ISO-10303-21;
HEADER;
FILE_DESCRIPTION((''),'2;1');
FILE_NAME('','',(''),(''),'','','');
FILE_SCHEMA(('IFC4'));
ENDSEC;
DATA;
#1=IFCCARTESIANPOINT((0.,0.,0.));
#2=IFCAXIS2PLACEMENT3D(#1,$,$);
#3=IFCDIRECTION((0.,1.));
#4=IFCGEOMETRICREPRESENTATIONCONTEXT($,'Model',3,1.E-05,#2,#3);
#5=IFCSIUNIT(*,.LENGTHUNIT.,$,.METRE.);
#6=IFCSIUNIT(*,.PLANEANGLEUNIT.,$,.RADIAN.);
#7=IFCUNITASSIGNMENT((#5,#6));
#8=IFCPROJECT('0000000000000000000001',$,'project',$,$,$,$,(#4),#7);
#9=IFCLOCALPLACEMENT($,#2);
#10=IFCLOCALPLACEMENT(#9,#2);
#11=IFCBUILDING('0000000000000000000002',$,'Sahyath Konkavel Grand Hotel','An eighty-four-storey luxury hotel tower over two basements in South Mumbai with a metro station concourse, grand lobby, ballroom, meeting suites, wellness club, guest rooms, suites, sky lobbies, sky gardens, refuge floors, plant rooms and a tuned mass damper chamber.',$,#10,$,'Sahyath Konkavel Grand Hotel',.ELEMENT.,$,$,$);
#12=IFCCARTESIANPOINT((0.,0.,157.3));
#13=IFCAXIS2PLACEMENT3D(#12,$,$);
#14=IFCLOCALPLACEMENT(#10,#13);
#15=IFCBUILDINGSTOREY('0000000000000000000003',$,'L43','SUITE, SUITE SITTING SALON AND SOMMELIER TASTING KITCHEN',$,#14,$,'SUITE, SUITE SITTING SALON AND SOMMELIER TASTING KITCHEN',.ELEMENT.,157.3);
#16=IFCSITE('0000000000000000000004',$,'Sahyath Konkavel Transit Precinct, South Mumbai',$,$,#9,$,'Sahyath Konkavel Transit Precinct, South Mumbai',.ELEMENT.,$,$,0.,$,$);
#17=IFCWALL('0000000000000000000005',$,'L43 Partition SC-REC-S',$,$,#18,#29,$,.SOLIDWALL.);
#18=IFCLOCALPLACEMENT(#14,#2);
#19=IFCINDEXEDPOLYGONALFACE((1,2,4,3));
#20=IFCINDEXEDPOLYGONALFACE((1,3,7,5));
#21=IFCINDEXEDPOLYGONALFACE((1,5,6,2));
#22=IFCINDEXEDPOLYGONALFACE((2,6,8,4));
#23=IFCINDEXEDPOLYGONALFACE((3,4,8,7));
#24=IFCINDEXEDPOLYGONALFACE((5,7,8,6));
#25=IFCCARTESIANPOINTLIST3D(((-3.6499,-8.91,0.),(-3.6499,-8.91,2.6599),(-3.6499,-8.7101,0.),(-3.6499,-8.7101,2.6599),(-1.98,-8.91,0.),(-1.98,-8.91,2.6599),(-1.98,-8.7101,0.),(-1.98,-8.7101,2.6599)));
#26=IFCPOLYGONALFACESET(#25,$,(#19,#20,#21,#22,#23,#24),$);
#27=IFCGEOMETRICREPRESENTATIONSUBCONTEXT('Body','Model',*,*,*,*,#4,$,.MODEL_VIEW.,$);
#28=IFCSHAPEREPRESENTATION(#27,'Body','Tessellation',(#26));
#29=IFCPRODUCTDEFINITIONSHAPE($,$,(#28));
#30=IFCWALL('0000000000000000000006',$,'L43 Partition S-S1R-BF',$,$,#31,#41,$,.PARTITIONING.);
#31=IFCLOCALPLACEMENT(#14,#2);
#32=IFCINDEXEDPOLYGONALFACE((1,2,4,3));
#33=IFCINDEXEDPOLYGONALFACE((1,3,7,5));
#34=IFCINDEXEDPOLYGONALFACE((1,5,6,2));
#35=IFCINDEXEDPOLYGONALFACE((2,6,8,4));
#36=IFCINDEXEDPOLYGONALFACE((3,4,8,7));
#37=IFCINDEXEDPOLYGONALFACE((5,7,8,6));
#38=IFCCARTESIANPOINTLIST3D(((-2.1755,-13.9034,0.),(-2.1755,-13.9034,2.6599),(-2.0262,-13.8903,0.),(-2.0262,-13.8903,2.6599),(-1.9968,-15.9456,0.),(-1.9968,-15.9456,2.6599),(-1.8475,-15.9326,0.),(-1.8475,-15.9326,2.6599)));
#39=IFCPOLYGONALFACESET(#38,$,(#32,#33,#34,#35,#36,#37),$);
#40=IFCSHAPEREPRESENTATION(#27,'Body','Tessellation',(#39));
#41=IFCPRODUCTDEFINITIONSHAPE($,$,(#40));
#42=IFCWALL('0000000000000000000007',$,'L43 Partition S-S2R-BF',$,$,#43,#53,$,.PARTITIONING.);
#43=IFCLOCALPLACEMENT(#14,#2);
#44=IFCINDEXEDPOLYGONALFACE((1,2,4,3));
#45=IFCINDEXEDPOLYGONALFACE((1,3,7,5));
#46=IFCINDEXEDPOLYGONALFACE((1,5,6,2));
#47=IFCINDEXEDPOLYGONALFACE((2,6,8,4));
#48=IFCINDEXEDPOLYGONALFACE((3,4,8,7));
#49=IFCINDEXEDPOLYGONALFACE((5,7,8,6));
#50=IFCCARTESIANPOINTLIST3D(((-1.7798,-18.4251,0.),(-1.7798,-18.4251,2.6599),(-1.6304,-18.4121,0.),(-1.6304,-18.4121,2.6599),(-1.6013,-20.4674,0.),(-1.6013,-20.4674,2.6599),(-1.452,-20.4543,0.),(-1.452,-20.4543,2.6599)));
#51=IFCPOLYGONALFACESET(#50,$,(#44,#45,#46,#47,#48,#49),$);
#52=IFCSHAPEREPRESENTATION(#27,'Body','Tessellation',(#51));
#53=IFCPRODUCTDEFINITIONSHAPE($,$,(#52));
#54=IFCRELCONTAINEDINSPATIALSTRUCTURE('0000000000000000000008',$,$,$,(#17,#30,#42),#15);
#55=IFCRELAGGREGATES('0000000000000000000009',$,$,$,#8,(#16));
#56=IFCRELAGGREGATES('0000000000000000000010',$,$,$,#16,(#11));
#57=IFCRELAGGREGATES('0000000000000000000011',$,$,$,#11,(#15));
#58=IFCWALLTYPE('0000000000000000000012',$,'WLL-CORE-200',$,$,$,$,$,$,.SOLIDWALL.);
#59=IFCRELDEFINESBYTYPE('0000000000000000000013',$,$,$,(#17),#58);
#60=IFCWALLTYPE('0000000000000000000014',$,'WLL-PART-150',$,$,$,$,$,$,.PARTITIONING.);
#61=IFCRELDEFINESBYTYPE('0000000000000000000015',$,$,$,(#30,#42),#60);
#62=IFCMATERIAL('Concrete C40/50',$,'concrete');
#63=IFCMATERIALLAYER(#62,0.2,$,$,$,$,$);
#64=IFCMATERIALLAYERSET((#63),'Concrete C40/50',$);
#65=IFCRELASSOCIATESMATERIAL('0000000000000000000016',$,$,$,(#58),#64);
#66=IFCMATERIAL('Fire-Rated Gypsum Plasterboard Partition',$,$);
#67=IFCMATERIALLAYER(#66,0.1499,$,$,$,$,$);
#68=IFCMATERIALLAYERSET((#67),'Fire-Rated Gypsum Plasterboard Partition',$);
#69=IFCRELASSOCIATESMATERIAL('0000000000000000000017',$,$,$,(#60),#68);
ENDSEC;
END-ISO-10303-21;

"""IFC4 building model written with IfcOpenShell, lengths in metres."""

from ifc_helpers import new_model, si_unit, direction, frame, frame_2d, origin, place, context, subcontext, project, spatial, rectangle, extrude, material, layer, layer_set, type_object, element, save


model = new_model("IFC4")

# Units and contexts
model_context = context("Model", 3, precision=1e-05, world=origin(), true_north=direction((0.0, 1.0)))
body_context = subcontext(model_context, "Body", "Model", "MODEL_VIEW")
ifc_project = project(units=[si_unit("LENGTHUNIT", "METRE"), si_unit("PLANEANGLEUNIT", "RADIAN")], contexts=[model_context])

# Site, building, storey
site_placement = place(None, origin())
site = spatial("IfcSite", under=ifc_project, at=site_placement, Name="Sahyath Konkavel Transit Precinct, South Mumbai", LongName="Sahyath Konkavel Transit Precinct, South Mumbai", CompositionType="ELEMENT", RefElevation=0.0)
building_placement = place(site_placement, origin())
building = spatial("IfcBuilding", under=site, at=building_placement, Name="Sahyath Konkavel Grand Hotel", Description="An eighty-four-storey luxury hotel tower over two basements in South Mumbai with a metro station concourse, grand lobby, ballroom, meeting suites, wellness club, guest rooms, suites, sky lobbies, sky gardens, refuge floors, plant rooms and a tuned mass damper chamber.", LongName="Sahyath Konkavel Grand Hotel", CompositionType="ELEMENT")
storey_placement = place(building_placement, frame((0.0, 0.0, 157.3)))
storey = spatial("IfcBuildingStorey", under=building, at=storey_placement, Name="L43", Description="SUITE, SUITE SITTING SALON AND SOMMELIER TASTING KITCHEN", LongName="SUITE, SUITE SITTING SALON AND SOMMELIER TASTING KITCHEN", CompositionType="ELEMENT", Elevation=157.3)

# Shared definitions
ifc_material_1 = material(Name="Concrete C40/50", Category="concrete")

# Shared definitions
ifc_layer_1 = layer(ifc_material_1, 0.2)
ifc_layer_set_1 = layer_set([ifc_layer_1], Name="Concrete C40/50")
wall_type_1 = type_object("IfcWallType", Name="WLL-CORE-200", PredefinedType="SOLIDWALL", material=ifc_layer_set_1)

# Walls
wall_1_placement = place(storey_placement, frame((-3.6499, -8.8101, 0.0), z_axis=(0.0, 0.0, 1.0), x_axis=(1.0, 0.0, 0.0)))
element("IfcWall", 1, at=wall_1_placement, inside=storey, type_object=wall_type_1, Name="L43 Partition SC-REC-S", PredefinedType="SOLIDWALL", context=body_context, shape_type="SweptSolid", body=[
    extrude(rectangle(XDim=1.6699, YDim=0.2, at=frame_2d((0.835, 0.0))), origin(), (0.0, 0.0, 1.0), 2.6599),
])
ifc_material_2 = material(Name="Fire-Rated Gypsum Plasterboard Partition")
ifc_layer_2 = layer(ifc_material_2, 0.1499)
ifc_layer_set_2 = layer_set([ifc_layer_2], Name="Fire-Rated Gypsum Plasterboard Partition")
wall_type_2 = type_object("IfcWallType", Name="WLL-PART-150", PredefinedType="PARTITIONING", material=ifc_layer_set_2)
for number, where, z_axis, x_axis, name in (
    (2, (-2.1008, -13.897, 0.0), (0.0, 0.0, 1.0), (0.087174, -0.996193, 0.0), "L43 Partition S-S1R-BF"),
    (3, (-1.7051, -18.4187, 0.0), (0.0, 0.0, 1.0), (0.087056, -0.996203, 0.0), "L43 Partition S-S2R-BF"),
):
    element("IfcWall", number, at=place(storey_placement, frame(where, z_axis=z_axis, x_axis=x_axis)), inside=storey, type_object=wall_type_2, Name=name, PredefinedType="PARTITIONING", context=body_context, shape_type="SweptSolid", body=[
        extrude(rectangle(XDim=2.05, YDim=0.1499, at=frame_2d((1.0249, 0.0))), origin(), (0.0, 0.0, 1.0), 2.6599),
    ])

save(model, "model.ifc")
